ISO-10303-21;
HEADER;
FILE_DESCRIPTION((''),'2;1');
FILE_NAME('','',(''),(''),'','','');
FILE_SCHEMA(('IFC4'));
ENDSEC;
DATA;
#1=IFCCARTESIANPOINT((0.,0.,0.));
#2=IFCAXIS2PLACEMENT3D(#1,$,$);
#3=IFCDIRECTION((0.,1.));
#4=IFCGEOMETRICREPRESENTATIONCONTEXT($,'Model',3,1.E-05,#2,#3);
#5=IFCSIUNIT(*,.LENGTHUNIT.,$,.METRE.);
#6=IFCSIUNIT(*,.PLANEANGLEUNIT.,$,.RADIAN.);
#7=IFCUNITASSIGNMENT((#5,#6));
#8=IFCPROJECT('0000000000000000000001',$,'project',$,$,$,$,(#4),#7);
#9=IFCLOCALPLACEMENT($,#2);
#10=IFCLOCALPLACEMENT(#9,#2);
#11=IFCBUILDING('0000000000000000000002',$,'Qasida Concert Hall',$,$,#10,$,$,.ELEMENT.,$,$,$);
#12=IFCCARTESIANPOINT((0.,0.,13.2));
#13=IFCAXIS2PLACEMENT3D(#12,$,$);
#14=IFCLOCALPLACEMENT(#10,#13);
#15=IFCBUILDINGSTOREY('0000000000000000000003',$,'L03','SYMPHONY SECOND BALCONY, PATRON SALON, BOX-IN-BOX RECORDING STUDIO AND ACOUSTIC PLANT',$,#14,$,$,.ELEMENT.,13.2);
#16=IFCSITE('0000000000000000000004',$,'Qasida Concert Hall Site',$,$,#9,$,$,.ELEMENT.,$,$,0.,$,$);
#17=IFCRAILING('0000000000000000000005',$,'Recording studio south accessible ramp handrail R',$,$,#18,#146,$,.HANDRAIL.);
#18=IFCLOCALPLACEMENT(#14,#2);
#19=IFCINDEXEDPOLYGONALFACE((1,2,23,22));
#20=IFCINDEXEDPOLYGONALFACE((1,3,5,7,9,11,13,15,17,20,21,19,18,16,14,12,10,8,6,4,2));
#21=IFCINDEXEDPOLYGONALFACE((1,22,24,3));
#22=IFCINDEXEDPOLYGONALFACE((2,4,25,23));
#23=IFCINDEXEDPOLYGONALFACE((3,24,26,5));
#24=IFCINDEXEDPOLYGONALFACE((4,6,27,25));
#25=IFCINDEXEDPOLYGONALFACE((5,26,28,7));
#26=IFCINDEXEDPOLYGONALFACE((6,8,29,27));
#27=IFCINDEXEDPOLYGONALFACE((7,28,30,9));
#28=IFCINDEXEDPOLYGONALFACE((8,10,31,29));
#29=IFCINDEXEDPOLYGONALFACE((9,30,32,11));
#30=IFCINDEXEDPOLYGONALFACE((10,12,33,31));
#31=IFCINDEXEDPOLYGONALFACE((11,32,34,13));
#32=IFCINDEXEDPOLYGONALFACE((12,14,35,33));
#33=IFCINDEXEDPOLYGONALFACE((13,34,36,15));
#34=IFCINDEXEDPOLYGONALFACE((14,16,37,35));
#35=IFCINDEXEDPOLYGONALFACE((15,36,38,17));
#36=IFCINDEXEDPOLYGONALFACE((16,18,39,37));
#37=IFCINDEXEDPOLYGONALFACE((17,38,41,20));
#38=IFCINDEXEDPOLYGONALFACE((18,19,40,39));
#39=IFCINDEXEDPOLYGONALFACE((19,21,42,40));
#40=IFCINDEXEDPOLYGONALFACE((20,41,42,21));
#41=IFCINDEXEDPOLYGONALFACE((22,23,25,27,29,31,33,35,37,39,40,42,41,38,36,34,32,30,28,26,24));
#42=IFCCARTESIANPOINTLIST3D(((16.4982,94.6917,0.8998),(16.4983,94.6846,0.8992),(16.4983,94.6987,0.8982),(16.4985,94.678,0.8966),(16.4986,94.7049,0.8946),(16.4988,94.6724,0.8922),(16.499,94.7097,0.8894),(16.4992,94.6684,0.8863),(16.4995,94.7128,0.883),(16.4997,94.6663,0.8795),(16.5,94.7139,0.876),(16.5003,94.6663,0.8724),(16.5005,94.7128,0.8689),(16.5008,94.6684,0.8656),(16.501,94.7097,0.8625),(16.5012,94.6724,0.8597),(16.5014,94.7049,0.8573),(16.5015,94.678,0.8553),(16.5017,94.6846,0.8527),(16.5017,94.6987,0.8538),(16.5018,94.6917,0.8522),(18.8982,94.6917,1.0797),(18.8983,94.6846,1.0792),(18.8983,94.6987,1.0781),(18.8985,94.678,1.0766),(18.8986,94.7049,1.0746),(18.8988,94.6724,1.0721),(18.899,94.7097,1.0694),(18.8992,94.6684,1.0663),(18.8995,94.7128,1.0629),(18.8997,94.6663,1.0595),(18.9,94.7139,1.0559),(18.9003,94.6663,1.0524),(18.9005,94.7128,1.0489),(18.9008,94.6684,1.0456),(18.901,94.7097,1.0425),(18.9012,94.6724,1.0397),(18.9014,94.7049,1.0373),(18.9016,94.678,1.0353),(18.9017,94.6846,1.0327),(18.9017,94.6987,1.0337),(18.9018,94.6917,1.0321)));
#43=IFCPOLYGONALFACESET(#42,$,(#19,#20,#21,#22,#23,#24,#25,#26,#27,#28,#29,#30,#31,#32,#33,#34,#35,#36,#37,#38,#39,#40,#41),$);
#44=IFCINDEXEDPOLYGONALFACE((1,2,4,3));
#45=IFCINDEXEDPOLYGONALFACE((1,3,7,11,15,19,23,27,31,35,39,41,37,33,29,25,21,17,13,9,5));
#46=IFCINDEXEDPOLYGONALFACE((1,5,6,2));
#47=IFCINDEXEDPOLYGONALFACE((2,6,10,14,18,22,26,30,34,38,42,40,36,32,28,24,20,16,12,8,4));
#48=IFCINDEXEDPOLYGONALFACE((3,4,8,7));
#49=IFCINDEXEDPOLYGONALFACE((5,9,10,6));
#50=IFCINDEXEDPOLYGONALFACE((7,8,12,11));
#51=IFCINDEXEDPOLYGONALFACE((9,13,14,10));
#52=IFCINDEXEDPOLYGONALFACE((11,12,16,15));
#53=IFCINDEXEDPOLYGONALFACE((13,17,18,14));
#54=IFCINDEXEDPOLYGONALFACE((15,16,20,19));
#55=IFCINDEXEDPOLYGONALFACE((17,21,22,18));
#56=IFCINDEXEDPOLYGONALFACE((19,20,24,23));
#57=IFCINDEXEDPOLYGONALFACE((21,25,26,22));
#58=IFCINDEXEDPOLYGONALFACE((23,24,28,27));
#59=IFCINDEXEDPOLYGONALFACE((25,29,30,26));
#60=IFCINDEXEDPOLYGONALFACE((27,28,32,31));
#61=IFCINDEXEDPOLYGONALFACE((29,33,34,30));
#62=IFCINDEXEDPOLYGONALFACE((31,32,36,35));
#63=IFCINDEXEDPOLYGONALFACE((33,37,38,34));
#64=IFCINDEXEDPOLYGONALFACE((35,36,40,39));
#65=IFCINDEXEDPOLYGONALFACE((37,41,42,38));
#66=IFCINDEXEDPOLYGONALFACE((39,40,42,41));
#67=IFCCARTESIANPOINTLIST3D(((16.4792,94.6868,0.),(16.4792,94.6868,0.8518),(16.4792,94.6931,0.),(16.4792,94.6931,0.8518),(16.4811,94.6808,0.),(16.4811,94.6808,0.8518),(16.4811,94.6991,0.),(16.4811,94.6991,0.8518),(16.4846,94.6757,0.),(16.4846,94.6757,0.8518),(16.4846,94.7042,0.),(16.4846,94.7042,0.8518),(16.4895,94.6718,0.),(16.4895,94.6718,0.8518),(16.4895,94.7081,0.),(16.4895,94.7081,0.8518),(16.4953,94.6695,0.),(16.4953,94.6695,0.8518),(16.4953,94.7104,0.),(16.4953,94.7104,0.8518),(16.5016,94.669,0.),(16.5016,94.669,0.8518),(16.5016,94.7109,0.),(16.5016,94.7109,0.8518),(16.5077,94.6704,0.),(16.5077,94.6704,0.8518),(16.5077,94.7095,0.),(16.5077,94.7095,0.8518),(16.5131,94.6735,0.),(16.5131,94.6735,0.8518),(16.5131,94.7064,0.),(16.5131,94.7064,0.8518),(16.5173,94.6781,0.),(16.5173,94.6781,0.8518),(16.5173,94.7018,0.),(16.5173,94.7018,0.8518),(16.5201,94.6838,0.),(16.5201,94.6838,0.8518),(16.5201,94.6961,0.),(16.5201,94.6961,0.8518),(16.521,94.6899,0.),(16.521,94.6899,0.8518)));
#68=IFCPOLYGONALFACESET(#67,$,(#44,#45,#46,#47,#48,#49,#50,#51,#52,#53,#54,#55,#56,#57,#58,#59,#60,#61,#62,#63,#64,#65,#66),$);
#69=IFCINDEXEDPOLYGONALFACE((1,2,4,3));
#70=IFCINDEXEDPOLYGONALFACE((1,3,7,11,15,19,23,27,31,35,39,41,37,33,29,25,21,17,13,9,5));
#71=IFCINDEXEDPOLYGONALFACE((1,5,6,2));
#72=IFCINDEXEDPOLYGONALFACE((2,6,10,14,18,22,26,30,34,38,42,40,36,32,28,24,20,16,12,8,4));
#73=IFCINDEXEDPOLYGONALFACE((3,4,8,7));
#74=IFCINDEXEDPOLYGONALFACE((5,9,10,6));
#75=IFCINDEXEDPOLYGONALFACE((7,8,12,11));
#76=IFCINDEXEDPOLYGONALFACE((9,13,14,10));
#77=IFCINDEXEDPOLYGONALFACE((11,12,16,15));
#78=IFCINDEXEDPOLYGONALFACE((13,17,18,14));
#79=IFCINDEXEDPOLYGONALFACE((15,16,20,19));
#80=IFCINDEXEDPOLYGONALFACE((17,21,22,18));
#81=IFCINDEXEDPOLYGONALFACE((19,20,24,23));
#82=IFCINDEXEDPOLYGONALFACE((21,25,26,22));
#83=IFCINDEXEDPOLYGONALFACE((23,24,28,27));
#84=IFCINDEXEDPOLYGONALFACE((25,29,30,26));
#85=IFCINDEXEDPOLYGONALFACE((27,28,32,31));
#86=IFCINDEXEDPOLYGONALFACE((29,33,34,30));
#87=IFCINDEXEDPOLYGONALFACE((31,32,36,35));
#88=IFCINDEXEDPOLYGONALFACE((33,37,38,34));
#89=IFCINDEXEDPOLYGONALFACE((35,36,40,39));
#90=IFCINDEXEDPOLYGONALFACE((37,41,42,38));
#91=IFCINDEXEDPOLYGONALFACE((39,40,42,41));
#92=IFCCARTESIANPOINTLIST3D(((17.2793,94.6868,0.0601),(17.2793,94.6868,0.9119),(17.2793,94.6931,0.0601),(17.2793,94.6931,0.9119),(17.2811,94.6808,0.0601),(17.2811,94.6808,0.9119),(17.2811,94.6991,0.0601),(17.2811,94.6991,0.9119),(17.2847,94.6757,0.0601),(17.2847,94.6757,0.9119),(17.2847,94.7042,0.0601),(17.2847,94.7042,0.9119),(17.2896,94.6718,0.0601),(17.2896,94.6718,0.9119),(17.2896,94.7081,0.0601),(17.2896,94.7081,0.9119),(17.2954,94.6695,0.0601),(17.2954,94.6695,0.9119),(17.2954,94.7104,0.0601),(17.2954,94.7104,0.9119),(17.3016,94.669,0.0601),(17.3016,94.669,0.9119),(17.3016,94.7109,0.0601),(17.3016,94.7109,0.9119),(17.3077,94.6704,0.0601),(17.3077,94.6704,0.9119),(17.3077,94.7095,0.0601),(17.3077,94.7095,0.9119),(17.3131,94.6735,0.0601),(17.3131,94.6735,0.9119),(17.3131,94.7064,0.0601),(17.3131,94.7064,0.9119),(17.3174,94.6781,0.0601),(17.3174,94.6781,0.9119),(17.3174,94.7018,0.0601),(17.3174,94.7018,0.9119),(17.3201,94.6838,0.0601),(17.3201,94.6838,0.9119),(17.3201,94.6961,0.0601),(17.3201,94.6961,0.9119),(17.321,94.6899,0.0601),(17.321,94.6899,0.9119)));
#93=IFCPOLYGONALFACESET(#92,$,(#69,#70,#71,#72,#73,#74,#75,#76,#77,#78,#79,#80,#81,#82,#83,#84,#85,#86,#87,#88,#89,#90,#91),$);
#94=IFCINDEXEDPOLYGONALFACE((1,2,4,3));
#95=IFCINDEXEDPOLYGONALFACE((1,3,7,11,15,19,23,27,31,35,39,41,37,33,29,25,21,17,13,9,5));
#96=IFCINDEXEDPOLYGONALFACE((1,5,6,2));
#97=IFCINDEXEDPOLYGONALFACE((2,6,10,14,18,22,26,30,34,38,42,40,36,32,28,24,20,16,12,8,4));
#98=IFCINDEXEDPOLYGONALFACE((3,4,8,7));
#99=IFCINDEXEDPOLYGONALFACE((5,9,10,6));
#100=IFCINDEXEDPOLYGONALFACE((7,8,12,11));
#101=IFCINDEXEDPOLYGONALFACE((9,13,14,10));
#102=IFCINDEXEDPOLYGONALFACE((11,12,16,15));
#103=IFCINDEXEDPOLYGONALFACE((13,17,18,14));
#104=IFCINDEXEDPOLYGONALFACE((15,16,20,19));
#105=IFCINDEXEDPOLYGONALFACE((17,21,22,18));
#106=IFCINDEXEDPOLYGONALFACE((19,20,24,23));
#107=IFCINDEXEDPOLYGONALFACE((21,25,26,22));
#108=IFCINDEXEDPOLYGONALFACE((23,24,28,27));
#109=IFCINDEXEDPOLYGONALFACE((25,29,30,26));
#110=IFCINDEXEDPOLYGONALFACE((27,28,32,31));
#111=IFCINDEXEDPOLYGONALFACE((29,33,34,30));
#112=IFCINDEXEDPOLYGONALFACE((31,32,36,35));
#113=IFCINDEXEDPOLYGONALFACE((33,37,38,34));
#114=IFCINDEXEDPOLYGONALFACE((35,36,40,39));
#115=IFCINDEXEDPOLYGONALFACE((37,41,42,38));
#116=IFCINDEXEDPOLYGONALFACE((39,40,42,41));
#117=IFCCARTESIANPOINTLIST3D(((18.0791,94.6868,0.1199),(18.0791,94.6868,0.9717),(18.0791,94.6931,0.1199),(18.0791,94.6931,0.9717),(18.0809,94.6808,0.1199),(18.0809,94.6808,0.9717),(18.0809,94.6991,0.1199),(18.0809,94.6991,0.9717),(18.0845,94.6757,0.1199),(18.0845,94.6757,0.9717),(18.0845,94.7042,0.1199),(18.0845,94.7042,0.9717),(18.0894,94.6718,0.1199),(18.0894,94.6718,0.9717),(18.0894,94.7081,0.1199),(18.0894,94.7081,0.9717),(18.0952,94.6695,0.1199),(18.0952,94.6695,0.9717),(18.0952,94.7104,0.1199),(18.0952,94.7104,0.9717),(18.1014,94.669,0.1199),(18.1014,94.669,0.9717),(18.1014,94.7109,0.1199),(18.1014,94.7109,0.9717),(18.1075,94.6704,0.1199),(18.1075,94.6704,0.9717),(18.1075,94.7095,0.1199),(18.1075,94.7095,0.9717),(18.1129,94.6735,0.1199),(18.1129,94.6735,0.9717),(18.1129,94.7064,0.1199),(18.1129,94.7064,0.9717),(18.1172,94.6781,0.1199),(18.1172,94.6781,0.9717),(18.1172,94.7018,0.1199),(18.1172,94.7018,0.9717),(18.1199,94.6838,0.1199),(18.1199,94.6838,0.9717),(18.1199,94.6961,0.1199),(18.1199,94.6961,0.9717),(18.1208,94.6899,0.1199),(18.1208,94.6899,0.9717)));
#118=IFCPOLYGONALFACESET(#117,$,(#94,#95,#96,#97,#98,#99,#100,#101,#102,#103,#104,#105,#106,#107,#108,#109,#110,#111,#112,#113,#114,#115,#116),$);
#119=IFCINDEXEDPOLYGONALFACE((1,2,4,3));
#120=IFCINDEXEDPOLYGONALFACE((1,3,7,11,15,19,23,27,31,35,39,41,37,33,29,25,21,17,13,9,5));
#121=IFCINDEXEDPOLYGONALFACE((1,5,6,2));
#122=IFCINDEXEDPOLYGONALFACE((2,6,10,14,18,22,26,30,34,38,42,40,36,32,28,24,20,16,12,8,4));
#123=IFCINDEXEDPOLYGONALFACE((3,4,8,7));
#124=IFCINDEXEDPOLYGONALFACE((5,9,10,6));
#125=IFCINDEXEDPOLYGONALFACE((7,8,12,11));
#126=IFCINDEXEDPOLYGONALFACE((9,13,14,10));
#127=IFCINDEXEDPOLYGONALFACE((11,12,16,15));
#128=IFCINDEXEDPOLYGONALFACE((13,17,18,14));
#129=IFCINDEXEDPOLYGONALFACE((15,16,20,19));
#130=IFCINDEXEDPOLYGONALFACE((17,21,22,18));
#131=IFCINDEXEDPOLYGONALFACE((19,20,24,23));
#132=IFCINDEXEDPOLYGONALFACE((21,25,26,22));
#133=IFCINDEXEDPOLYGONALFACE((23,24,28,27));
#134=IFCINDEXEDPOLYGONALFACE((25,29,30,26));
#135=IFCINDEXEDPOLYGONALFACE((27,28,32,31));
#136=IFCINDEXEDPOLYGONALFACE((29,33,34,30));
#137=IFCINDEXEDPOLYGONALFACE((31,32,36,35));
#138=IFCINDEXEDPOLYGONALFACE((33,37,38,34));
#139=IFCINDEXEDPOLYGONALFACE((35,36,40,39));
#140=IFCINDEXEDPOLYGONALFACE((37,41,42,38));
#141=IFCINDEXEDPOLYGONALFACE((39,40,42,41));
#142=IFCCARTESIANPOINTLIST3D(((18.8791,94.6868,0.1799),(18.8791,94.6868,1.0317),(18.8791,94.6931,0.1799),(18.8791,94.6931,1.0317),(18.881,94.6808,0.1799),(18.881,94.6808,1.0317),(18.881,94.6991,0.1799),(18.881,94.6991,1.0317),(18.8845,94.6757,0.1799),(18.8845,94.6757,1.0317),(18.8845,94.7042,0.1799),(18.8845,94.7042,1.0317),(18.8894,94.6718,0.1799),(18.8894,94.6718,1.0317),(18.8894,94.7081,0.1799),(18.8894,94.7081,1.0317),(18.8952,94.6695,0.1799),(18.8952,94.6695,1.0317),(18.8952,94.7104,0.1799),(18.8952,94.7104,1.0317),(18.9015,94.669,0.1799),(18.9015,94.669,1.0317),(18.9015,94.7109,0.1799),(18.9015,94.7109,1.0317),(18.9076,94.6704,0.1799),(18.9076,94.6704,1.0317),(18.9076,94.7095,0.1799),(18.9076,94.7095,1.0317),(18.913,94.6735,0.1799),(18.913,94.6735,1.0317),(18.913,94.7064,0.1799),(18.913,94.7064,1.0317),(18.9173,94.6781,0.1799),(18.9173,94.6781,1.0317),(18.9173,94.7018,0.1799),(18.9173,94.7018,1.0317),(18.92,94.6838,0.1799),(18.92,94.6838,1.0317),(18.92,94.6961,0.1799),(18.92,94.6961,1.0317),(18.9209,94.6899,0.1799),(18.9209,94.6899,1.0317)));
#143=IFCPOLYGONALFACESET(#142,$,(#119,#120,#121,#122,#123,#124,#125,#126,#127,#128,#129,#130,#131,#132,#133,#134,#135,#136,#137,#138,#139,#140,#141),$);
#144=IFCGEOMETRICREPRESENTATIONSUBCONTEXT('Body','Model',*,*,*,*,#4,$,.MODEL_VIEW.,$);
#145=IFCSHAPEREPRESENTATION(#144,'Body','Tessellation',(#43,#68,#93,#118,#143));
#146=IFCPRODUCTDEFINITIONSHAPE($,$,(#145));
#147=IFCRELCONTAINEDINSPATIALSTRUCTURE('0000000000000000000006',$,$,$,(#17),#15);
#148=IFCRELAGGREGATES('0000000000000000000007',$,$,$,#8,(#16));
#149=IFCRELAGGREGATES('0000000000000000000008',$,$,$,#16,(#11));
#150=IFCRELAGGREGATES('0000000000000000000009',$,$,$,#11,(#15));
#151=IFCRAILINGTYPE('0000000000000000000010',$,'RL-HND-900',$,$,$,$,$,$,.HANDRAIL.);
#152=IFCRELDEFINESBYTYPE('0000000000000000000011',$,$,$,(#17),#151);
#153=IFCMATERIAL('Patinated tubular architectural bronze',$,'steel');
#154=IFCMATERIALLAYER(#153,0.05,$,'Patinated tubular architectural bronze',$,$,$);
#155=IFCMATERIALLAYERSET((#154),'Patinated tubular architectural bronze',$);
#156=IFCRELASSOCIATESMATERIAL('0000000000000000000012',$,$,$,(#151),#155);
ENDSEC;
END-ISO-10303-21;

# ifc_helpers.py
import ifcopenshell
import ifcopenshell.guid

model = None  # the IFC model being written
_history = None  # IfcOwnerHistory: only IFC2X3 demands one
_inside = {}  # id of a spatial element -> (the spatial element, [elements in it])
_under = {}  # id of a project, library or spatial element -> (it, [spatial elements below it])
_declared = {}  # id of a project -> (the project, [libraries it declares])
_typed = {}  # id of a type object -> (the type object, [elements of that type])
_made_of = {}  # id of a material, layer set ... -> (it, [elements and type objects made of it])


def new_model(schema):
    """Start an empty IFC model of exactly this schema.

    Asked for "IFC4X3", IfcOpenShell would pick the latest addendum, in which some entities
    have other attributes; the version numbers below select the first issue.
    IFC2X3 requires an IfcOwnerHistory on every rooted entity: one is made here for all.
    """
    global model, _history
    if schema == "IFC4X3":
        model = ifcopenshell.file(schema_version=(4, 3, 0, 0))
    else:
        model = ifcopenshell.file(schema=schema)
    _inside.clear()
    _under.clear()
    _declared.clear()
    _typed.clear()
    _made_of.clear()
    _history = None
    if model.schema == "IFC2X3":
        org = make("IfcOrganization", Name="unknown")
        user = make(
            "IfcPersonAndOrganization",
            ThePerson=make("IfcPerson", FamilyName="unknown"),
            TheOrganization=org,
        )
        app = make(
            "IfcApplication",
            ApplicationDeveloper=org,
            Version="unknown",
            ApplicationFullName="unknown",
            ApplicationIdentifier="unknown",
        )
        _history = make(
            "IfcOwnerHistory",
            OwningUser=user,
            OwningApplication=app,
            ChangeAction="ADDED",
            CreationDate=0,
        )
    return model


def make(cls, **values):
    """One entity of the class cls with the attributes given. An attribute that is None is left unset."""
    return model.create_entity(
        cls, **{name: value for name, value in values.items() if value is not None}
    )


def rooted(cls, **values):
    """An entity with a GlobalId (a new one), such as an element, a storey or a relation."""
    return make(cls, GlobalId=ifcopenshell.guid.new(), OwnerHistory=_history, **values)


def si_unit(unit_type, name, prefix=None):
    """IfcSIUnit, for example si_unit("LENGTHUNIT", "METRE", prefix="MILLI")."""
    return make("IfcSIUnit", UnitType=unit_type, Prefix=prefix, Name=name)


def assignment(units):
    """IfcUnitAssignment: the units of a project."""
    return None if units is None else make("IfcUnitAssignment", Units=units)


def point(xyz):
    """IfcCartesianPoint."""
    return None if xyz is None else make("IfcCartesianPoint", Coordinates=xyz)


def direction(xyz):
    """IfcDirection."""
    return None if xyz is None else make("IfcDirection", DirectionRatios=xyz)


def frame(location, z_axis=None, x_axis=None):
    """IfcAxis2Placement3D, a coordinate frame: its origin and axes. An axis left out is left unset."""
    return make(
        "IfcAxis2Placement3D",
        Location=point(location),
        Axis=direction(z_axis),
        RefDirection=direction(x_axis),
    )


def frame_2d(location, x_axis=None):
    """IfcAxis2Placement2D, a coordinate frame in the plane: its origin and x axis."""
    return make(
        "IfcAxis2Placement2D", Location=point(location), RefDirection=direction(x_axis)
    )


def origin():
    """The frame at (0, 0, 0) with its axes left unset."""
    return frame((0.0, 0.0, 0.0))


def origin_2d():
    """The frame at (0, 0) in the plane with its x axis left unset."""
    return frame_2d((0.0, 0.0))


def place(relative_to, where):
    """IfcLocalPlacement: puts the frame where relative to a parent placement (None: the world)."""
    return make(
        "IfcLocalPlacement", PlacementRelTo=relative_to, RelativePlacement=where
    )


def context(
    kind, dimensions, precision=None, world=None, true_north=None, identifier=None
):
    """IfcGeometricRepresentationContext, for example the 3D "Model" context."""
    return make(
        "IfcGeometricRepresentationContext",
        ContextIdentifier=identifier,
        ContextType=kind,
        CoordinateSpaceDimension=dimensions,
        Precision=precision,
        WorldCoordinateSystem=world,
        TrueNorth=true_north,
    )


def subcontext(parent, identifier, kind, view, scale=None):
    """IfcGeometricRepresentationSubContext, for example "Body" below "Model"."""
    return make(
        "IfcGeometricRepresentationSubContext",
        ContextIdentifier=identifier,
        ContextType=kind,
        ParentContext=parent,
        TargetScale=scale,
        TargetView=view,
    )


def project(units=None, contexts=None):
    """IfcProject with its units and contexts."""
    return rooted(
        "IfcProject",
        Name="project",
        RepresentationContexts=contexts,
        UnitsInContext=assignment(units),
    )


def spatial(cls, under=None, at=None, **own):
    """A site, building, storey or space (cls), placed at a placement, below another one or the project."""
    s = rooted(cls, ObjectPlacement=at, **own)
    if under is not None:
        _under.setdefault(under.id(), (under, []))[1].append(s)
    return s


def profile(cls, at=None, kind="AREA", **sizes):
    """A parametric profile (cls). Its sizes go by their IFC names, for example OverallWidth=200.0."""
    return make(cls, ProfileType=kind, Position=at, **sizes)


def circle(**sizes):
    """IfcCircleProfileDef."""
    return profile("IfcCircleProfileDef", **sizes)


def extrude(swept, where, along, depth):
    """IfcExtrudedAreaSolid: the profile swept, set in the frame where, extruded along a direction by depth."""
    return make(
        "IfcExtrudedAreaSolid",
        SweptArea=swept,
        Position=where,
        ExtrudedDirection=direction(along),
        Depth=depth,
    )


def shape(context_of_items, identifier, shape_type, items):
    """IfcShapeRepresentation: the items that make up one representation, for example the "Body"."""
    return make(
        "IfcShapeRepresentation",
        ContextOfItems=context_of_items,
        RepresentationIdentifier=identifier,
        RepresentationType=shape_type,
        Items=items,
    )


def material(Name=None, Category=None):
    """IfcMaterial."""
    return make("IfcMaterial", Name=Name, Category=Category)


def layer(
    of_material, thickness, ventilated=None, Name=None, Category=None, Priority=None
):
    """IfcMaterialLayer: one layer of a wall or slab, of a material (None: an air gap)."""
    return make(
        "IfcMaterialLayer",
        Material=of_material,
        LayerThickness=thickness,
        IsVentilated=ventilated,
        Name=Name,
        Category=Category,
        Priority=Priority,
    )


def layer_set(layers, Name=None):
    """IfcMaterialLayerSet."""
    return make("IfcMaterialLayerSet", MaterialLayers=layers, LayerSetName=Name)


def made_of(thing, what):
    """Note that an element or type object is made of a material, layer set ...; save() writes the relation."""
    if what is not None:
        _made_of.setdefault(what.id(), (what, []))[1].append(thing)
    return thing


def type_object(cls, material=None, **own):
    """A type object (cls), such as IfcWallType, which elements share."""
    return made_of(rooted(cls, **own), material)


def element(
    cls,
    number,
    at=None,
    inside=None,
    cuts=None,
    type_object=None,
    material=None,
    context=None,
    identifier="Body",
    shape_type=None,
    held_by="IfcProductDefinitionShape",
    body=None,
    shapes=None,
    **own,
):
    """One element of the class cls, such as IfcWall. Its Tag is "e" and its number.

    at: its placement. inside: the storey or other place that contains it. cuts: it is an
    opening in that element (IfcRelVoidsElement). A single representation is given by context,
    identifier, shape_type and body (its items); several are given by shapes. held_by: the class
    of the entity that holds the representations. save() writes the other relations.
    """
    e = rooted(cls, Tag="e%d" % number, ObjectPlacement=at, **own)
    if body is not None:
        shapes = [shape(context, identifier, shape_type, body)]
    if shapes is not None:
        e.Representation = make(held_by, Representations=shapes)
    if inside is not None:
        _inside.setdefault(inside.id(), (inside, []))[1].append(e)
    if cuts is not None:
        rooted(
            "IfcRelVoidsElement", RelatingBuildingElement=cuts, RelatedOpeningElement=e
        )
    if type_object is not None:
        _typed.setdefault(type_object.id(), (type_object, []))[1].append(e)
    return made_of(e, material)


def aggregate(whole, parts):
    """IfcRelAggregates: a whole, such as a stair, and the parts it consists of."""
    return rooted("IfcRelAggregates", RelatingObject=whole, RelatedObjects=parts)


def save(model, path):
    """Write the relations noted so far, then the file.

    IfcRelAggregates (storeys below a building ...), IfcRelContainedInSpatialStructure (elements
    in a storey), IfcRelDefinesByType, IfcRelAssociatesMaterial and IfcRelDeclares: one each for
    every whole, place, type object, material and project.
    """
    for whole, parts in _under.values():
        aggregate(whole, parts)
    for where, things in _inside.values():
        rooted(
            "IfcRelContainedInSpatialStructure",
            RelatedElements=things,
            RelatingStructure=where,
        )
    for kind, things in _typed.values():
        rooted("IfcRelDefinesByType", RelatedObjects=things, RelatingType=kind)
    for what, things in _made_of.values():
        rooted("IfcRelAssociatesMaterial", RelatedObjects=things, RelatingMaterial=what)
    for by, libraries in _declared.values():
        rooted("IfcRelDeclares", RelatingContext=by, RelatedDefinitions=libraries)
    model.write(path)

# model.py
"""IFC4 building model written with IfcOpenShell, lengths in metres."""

from ifc_helpers import new_model, si_unit, direction, frame, origin, origin_2d, place, context, subcontext, project, spatial, circle, extrude, material, layer, layer_set, type_object, element, save


model = new_model("IFC4")

# Units and contexts
model_context = context("Model", 3, precision=1e-05, world=origin(), true_north=direction((0.0, 1.0)))
body_context = subcontext(model_context, "Body", "Model", "MODEL_VIEW")
ifc_project = project(units=[si_unit("LENGTHUNIT", "METRE"), si_unit("PLANEANGLEUNIT", "RADIAN")], contexts=[model_context])

# Site, building, storey
site_placement = place(None, origin())
site = spatial("IfcSite", under=ifc_project, at=site_placement, Name="Qasida Concert Hall Site", CompositionType="ELEMENT", RefElevation=0.0)
building_placement = place(site_placement, origin())
building = spatial("IfcBuilding", under=site, at=building_placement, Name="Qasida Concert Hall", CompositionType="ELEMENT")
storey_placement = place(building_placement, frame((0.0, 0.0, 13.2)))
storey = spatial("IfcBuildingStorey", under=building, at=storey_placement, Name="L03", Description="SYMPHONY SECOND BALCONY, PATRON SALON, BOX-IN-BOX RECORDING STUDIO AND ACOUSTIC PLANT", CompositionType="ELEMENT", Elevation=13.2)

# Railing
ifc_material_1 = material(Name="Patinated tubular architectural bronze", Category="steel")
ifc_layer_1 = layer(ifc_material_1, 0.05, Name="Patinated tubular architectural bronze")
ifc_layer_set_1 = layer_set([ifc_layer_1], Name="Patinated tubular architectural bronze")
railing_type_1 = type_object("IfcRailingType", Name="RL-HND-900", PredefinedType="HANDRAIL", material=ifc_layer_set_1)
for number, where, name in (
    (1, (16.5, 94.6899, 0.0), "Recording studio south accessible ramp handrail R"),
):
    element("IfcRailing", number, at=place(storey_placement, frame(where)), inside=storey, type_object=railing_type_1, Name=name, PredefinedType="HANDRAIL", context=body_context, shape_type="SweptSolid", body=[
        extrude(circle(Radius=0.0239, at=origin_2d()), frame((0.0, 0.0, 0.876), z_axis=(0.997201, 0.0, 0.074765), x_axis=(0.0, 1.0, 0.0)), (0.0, 0.0, 1.0), 2.4067),
        extrude(circle(Radius=0.021, at=origin_2d()), origin(), (0.0, 0.0, 1.0), 0.8518),
        extrude(circle(Radius=0.021, at=origin_2d()), frame((0.8, 0.0, 0.0601)), (0.0, 0.0, 1.0), 0.8518),
        extrude(circle(Radius=0.021, at=origin_2d()), frame((1.5999, 0.0, 0.1199)), (0.0, 0.0, 1.0), 0.8518),
        extrude(circle(Radius=0.021, at=origin_2d()), frame((2.3999, 0.0, 0.1799)), (0.0, 0.0, 1.0), 0.8518),
    ])

save(model, "model.ifc")
